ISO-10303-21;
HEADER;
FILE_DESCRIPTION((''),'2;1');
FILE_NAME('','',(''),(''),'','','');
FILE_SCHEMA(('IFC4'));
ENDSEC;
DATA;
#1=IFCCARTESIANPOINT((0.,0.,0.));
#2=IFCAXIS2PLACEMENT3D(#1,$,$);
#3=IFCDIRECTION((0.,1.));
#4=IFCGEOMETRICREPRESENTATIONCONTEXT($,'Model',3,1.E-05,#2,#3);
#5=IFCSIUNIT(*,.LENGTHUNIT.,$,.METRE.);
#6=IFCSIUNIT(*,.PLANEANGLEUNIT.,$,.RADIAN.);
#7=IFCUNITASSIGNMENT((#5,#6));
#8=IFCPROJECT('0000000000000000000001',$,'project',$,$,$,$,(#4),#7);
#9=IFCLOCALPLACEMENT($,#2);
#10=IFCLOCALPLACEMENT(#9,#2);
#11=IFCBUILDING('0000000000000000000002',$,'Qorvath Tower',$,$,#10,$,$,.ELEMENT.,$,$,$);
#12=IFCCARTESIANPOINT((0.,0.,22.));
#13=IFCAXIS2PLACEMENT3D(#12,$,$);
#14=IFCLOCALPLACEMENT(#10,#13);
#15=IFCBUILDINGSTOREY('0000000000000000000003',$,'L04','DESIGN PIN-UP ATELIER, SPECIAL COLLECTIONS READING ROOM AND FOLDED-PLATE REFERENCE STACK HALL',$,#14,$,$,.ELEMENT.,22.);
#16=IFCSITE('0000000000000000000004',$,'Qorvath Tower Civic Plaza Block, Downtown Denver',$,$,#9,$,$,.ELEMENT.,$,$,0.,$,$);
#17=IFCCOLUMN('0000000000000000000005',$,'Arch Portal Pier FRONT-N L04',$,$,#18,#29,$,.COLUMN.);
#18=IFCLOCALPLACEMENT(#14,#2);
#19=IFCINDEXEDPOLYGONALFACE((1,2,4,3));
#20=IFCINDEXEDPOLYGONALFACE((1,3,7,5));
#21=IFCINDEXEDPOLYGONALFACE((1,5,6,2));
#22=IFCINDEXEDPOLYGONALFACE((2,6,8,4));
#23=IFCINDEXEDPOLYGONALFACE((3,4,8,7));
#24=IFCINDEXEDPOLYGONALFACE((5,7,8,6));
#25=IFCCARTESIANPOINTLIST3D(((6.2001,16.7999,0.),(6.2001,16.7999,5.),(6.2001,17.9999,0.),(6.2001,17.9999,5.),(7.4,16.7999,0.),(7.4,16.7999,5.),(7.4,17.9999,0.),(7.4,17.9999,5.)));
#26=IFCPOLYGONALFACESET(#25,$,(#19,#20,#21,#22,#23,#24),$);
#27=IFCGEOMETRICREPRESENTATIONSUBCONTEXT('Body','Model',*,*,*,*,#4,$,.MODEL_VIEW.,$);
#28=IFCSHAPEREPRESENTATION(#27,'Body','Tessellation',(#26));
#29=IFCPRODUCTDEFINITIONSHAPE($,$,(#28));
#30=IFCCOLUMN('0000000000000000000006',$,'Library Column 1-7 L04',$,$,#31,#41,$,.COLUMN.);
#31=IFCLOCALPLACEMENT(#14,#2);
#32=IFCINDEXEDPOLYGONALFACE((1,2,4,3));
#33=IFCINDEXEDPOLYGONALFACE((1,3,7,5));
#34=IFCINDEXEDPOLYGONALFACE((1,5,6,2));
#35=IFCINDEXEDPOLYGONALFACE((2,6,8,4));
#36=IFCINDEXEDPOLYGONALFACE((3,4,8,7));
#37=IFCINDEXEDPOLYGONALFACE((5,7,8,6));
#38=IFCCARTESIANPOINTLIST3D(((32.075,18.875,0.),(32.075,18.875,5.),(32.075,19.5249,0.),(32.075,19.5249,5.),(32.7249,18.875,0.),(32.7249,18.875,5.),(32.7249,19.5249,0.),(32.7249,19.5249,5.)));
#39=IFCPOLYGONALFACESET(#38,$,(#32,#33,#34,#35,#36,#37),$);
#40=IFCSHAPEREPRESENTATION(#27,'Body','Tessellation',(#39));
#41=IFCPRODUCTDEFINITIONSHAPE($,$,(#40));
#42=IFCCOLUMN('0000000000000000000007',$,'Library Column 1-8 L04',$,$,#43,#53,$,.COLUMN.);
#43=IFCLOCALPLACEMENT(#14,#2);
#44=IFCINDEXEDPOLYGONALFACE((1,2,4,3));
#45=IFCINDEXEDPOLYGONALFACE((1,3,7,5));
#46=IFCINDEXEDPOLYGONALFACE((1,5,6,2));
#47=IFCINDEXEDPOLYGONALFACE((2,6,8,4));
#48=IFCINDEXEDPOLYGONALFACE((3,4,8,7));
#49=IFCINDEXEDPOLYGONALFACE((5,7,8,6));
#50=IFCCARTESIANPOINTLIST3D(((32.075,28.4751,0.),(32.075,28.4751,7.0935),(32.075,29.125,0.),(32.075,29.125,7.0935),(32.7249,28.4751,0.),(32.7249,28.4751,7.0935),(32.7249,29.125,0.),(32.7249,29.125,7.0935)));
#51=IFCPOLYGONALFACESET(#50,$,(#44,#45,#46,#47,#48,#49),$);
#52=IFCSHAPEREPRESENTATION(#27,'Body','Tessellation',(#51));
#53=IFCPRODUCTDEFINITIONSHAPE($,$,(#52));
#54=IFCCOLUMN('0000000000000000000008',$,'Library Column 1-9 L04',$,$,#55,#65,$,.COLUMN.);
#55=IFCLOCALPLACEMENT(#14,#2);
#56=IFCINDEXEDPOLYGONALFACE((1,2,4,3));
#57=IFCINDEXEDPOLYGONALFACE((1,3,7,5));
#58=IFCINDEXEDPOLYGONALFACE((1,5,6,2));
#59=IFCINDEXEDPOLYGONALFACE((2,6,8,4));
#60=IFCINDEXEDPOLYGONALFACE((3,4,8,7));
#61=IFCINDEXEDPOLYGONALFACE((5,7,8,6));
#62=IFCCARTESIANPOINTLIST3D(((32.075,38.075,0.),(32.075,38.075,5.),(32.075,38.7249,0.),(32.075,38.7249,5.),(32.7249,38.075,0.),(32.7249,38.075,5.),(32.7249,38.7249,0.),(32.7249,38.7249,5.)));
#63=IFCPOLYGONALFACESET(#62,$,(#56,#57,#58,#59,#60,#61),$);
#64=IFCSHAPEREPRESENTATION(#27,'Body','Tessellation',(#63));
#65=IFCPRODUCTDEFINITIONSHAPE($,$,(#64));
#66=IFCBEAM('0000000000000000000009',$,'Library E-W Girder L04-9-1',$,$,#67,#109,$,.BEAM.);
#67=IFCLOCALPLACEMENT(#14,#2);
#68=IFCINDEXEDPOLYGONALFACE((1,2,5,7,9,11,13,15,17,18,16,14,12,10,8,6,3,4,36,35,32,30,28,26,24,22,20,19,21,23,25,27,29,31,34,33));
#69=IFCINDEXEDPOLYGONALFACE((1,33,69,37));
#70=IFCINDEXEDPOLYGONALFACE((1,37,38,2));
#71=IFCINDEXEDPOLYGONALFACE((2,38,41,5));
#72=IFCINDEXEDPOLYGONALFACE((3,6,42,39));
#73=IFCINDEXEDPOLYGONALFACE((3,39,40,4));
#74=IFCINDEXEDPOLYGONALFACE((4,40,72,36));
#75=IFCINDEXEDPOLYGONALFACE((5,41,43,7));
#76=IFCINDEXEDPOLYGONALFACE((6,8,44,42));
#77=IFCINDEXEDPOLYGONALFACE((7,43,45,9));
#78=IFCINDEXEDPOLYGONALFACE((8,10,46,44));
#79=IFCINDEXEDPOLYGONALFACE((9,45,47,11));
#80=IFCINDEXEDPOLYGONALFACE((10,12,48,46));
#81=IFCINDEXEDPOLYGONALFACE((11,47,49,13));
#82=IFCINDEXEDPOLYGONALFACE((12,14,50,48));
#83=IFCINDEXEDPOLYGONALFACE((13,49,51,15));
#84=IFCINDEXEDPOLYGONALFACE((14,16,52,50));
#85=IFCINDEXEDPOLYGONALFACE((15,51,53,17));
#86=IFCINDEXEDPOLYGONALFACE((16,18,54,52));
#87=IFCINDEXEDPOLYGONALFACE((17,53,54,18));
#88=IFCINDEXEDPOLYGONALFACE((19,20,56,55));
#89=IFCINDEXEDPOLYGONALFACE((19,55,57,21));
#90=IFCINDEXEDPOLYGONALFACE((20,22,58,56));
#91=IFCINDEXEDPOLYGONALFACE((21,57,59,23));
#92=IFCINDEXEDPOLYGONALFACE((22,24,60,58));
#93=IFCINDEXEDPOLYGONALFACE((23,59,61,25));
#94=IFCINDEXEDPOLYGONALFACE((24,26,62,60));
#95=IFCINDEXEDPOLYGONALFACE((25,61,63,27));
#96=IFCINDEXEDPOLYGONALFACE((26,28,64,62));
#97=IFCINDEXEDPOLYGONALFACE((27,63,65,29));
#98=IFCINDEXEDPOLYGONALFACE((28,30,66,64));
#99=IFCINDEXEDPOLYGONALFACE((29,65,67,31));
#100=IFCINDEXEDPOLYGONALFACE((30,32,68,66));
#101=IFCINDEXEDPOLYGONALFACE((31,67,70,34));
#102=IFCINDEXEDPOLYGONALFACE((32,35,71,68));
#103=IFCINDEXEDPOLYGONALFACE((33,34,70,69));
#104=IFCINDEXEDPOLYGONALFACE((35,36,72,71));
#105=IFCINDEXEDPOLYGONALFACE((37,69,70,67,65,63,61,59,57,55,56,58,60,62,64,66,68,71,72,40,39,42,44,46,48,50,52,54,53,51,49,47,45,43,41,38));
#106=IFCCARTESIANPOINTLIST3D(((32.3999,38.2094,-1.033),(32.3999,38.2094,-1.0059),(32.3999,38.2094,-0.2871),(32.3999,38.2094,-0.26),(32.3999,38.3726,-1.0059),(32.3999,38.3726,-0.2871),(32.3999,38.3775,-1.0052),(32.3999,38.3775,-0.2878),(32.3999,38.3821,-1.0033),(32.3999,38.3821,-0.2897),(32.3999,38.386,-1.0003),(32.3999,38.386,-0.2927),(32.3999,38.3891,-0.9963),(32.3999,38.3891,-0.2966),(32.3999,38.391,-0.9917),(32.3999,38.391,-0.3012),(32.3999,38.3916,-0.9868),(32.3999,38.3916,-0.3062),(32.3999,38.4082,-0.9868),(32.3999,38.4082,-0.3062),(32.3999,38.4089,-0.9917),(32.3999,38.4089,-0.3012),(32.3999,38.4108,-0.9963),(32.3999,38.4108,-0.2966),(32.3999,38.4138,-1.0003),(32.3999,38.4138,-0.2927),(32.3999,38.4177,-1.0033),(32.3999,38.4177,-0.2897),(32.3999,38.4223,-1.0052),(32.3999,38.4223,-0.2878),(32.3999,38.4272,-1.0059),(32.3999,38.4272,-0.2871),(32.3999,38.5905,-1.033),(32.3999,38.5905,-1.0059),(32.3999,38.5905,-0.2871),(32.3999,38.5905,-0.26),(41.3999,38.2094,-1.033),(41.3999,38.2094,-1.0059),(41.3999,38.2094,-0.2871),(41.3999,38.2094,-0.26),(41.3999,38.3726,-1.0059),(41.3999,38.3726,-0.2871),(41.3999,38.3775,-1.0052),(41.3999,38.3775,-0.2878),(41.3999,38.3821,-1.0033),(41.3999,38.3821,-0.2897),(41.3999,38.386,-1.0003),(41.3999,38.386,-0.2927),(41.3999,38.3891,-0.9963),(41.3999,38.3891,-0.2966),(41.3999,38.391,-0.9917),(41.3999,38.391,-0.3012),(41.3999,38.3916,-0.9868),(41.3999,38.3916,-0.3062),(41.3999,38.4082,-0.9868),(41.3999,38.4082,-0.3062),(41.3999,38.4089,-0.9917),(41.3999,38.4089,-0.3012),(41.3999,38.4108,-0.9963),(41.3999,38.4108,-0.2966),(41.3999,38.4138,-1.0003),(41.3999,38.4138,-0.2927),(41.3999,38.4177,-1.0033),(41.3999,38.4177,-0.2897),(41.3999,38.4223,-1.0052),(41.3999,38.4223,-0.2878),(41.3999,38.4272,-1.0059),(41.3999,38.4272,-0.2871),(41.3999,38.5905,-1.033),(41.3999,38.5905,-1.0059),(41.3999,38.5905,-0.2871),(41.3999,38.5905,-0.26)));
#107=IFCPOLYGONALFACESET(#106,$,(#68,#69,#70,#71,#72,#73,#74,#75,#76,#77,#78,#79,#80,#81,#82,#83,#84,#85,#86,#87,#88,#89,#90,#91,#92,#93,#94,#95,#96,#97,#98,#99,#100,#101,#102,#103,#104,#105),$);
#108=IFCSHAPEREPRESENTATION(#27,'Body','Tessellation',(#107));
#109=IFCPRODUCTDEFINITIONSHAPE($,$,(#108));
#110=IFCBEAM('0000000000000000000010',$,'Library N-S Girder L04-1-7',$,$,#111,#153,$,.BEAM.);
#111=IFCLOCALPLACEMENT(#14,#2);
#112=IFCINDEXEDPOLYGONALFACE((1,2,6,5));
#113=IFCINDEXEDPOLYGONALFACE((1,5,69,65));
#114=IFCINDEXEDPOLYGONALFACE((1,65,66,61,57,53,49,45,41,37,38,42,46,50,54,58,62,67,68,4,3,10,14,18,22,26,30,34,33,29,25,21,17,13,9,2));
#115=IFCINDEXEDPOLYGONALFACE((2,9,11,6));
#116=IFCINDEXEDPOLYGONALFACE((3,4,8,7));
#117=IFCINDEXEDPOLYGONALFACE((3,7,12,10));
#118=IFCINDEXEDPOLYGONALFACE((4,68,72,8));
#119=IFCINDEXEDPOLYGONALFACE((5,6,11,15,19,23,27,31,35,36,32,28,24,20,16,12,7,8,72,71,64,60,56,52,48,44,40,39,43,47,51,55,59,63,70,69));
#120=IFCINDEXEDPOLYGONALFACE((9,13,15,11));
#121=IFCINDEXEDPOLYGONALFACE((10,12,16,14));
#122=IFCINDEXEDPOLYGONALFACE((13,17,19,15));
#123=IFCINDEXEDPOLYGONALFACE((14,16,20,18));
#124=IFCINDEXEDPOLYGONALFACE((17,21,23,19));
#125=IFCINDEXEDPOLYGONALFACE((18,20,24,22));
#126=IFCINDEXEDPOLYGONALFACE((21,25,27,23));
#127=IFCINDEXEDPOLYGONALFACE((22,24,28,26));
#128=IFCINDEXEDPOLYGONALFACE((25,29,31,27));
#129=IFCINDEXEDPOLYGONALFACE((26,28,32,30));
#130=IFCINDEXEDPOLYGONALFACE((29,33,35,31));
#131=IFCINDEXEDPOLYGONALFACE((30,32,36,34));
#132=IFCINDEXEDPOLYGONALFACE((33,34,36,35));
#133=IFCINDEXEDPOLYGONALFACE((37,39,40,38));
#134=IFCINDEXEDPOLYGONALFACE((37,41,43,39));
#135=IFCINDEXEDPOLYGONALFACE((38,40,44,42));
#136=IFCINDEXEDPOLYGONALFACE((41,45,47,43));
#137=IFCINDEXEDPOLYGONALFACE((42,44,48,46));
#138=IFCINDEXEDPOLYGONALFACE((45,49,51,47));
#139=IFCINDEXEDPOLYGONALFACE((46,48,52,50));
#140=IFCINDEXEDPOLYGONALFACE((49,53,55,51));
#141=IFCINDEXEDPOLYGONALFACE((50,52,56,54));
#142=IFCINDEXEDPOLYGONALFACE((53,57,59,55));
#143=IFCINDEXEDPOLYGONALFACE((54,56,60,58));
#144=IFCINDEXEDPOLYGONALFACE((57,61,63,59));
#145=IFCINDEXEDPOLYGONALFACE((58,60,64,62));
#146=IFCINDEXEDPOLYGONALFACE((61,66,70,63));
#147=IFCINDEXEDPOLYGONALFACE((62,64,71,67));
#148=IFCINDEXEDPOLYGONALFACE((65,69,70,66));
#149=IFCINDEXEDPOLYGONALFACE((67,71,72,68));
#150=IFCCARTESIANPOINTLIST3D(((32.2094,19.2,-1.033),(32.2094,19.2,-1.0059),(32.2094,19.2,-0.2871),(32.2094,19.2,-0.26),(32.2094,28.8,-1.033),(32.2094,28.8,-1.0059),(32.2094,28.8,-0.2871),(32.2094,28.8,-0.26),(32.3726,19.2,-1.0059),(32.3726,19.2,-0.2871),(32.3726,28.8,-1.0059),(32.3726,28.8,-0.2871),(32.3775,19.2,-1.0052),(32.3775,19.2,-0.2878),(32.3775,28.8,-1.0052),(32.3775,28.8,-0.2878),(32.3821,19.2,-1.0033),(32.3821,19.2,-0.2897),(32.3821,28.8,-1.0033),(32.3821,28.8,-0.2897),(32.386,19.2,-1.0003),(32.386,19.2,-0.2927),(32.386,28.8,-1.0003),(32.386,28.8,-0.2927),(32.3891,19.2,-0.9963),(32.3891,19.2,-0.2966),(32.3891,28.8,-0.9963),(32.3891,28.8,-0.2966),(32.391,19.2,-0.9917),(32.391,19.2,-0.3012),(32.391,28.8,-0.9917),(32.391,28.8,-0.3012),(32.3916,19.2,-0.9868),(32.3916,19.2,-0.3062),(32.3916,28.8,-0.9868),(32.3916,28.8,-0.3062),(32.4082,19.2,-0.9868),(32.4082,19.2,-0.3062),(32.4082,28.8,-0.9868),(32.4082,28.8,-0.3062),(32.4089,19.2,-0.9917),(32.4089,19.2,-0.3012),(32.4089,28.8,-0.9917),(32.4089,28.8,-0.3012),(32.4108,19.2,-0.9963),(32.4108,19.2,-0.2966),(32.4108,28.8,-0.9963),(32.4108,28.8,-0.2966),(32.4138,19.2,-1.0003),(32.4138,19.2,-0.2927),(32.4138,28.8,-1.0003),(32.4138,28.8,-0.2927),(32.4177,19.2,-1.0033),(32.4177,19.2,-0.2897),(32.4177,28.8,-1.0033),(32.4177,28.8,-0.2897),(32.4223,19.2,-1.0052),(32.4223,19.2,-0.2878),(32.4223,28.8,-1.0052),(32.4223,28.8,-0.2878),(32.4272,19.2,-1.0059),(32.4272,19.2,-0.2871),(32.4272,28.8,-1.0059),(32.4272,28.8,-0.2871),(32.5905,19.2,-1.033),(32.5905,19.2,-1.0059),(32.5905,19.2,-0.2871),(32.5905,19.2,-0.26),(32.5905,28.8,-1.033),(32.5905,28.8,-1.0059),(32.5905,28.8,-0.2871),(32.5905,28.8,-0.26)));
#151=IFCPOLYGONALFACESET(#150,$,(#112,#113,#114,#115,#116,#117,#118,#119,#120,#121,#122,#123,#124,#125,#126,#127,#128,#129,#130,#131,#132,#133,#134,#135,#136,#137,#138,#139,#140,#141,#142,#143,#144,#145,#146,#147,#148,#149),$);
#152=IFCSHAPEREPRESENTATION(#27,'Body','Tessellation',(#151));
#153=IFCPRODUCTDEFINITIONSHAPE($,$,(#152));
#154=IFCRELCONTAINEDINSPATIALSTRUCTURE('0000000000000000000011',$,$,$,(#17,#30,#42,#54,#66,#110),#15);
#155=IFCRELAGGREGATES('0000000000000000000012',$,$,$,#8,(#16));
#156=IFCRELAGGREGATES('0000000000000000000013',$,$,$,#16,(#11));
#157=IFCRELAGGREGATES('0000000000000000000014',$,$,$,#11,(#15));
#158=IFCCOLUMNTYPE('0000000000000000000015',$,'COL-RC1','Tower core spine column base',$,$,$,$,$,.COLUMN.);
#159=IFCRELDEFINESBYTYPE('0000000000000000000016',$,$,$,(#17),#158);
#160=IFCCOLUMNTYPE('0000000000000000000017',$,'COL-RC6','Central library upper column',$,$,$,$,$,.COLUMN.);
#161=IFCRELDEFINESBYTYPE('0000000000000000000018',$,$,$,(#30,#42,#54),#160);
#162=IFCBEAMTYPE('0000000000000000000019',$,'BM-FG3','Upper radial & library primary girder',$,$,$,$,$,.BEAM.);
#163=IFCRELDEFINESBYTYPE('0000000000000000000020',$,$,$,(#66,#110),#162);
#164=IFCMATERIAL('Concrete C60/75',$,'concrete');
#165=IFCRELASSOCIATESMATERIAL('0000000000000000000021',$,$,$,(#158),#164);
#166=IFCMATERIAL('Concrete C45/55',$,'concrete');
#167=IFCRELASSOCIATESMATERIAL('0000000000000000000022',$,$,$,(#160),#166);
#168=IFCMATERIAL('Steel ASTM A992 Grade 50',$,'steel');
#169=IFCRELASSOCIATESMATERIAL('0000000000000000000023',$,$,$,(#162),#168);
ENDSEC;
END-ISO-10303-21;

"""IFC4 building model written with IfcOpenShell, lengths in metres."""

from ifc_helpers import new_model, si_unit, direction, frame, origin, origin_2d, place, context, subcontext, project, spatial, rectangle, i_section, extrude, material, material_profile, profile_set, type_object, element, save


model = new_model("IFC4")

# Units and contexts
model_context = context("Model", 3, precision=1e-05, world=origin(), true_north=direction((0.0, 1.0)))
body_context = subcontext(model_context, "Body", "Model", "MODEL_VIEW")
ifc_project = project(units=[si_unit("LENGTHUNIT", "METRE"), si_unit("PLANEANGLEUNIT", "RADIAN")], contexts=[model_context])

# Site, building, storey
site_placement = place(None, origin())
site = spatial("IfcSite", under=ifc_project, at=site_placement, Name="Qorvath Tower Civic Plaza Block, Downtown Denver", CompositionType="ELEMENT", RefElevation=0.0)
building_placement = place(site_placement, origin())
building = spatial("IfcBuilding", under=site, at=building_placement, Name="Qorvath Tower", CompositionType="ELEMENT")
storey_placement = place(building_placement, frame((0.0, 0.0, 22.0)))
storey = spatial("IfcBuildingStorey", under=building, at=storey_placement, Name="L04", Description="DESIGN PIN-UP ATELIER, SPECIAL COLLECTIONS READING ROOM AND FOLDED-PLATE REFERENCE STACK HALL", CompositionType="ELEMENT", Elevation=22.0)

# Columns
ifc_material_1 = material(Name="Concrete C60/75", Category="concrete")
ifc_material_profile_1 = material_profile(ifc_material_1, rectangle(XDim=1.2, YDim=1.2, at=origin_2d()), Name="RC 1200x1200")
ifc_profile_set_1 = profile_set([ifc_material_profile_1], Name="Concrete C60/75")
column_type_1 = type_object("IfcColumnType", Name="COL-RC1", Description="Tower core spine column base", PredefinedType="COLUMN", material=ifc_profile_set_1)
column_1_placement = place(storey_placement, frame((6.8, 17.3999, 0.0), z_axis=(0.0, 0.0, 1.0), x_axis=(1.0, 0.0, 0.0)))
element("IfcColumn", 1, at=column_1_placement, inside=storey, type_object=column_type_1, Name="Arch Portal Pier FRONT-N L04", PredefinedType="COLUMN", context=body_context, shape_type="SweptSolid", body=[
    extrude(rectangle(XDim=1.2, YDim=1.2, at=origin_2d()), origin(), (0.0, 0.0, 1.0), 5.0),
])
ifc_material_2 = material(Name="Concrete C45/55", Category="concrete")
ifc_material_profile_2 = material_profile(ifc_material_2, rectangle(XDim=0.6499, YDim=0.6499, at=origin_2d()), Name="RC 650x650")
ifc_profile_set_2 = profile_set([ifc_material_profile_2], Name="Concrete C45/55")
column_type_2 = type_object("IfcColumnType", Name="COL-RC6", Description="Central library upper column", PredefinedType="COLUMN", material=ifc_profile_set_2)
column_2_placement = place(storey_placement, frame((32.3999, 19.2, 0.0), z_axis=(0.0, 0.0, 1.0), x_axis=(1.0, 0.0, 0.0)))
element("IfcColumn", 2, at=column_2_placement, inside=storey, type_object=column_type_2, Name="Library Column 1-7 L04", PredefinedType="COLUMN", context=body_context, shape_type="SweptSolid", body=[
    extrude(rectangle(XDim=0.6499, YDim=0.6499, at=origin_2d()), origin(), (0.0, 0.0, 1.0), 5.0),
])
column_3_placement = place(storey_placement, frame((32.3999, 28.8, 0.0), z_axis=(0.0, 0.0, 1.0), x_axis=(1.0, 0.0, 0.0)))
element("IfcColumn", 3, at=column_3_placement, inside=storey, type_object=column_type_2, Name="Library Column 1-8 L04", PredefinedType="COLUMN", context=body_context, shape_type="SweptSolid", body=[
    extrude(rectangle(XDim=0.6499, YDim=0.6499, at=origin_2d()), origin(), (0.0, 0.0, 1.0), 7.0935),
])
column_4_placement = place(storey_placement, frame((32.3999, 38.3999, 0.0), z_axis=(0.0, 0.0, 1.0), x_axis=(1.0, 0.0, 0.0)))
element("IfcColumn", 4, at=column_4_placement, inside=storey, type_object=column_type_2, Name="Library Column 1-9 L04", PredefinedType="COLUMN", context=body_context, shape_type="SweptSolid", body=[
    extrude(rectangle(XDim=0.6499, YDim=0.6499, at=origin_2d()), origin(), (0.0, 0.0, 1.0), 5.0),
])

# Beams
ifc_material_3 = material(Name="Steel ASTM A992 Grade 50", Category="steel")
ifc_material_profile_3 = material_profile(ifc_material_3, i_section(OverallWidth=0.3811, OverallDepth=0.7729, WebThickness=0.0166, FlangeThickness=0.0271, FilletRadius=0.019, at=origin_2d()), Name="W30x173")
ifc_profile_set_3 = profile_set([ifc_material_profile_3], Name="Steel ASTM A992 Grade 50")
beam_type_1 = type_object("IfcBeamType", Name="BM-FG3", Description="Upper radial & library primary girder", PredefinedType="BEAM", material=ifc_profile_set_3)
beam_1_placement = place(storey_placement, frame((32.3999, 38.3999, -0.6465), z_axis=(1.0, 0.0, 0.0), x_axis=(0.0, 1.0, 0.0)))
element("IfcBeam", 5, at=beam_1_placement, inside=storey, type_object=beam_type_1, Name="Library E-W Girder L04-9-1", PredefinedType="BEAM", context=body_context, shape_type="SweptSolid", body=[
    extrude(i_section(OverallWidth=0.3811, OverallDepth=0.7729, WebThickness=0.0166, FlangeThickness=0.0271, FilletRadius=0.019, at=origin_2d()), origin(), (0.0, 0.0, 1.0), 9.0),
])
beam_2_placement = place(storey_placement, frame((32.3999, 19.2, -0.6465), z_axis=(0.0, 1.0, 0.0), x_axis=(-1.0, 0.0, 0.0)))
element("IfcBeam", 6, at=beam_2_placement, inside=storey, type_object=beam_type_1, Name="Library N-S Girder L04-1-7", PredefinedType="BEAM", context=body_context, shape_type="SweptSolid", body=[
    extrude(i_section(OverallWidth=0.3811, OverallDepth=0.7729, WebThickness=0.0166, FlangeThickness=0.0271, FilletRadius=0.019, at=origin_2d()), origin(), (0.0, 0.0, 1.0), 9.6001),
])

save(model, "model.ifc")
